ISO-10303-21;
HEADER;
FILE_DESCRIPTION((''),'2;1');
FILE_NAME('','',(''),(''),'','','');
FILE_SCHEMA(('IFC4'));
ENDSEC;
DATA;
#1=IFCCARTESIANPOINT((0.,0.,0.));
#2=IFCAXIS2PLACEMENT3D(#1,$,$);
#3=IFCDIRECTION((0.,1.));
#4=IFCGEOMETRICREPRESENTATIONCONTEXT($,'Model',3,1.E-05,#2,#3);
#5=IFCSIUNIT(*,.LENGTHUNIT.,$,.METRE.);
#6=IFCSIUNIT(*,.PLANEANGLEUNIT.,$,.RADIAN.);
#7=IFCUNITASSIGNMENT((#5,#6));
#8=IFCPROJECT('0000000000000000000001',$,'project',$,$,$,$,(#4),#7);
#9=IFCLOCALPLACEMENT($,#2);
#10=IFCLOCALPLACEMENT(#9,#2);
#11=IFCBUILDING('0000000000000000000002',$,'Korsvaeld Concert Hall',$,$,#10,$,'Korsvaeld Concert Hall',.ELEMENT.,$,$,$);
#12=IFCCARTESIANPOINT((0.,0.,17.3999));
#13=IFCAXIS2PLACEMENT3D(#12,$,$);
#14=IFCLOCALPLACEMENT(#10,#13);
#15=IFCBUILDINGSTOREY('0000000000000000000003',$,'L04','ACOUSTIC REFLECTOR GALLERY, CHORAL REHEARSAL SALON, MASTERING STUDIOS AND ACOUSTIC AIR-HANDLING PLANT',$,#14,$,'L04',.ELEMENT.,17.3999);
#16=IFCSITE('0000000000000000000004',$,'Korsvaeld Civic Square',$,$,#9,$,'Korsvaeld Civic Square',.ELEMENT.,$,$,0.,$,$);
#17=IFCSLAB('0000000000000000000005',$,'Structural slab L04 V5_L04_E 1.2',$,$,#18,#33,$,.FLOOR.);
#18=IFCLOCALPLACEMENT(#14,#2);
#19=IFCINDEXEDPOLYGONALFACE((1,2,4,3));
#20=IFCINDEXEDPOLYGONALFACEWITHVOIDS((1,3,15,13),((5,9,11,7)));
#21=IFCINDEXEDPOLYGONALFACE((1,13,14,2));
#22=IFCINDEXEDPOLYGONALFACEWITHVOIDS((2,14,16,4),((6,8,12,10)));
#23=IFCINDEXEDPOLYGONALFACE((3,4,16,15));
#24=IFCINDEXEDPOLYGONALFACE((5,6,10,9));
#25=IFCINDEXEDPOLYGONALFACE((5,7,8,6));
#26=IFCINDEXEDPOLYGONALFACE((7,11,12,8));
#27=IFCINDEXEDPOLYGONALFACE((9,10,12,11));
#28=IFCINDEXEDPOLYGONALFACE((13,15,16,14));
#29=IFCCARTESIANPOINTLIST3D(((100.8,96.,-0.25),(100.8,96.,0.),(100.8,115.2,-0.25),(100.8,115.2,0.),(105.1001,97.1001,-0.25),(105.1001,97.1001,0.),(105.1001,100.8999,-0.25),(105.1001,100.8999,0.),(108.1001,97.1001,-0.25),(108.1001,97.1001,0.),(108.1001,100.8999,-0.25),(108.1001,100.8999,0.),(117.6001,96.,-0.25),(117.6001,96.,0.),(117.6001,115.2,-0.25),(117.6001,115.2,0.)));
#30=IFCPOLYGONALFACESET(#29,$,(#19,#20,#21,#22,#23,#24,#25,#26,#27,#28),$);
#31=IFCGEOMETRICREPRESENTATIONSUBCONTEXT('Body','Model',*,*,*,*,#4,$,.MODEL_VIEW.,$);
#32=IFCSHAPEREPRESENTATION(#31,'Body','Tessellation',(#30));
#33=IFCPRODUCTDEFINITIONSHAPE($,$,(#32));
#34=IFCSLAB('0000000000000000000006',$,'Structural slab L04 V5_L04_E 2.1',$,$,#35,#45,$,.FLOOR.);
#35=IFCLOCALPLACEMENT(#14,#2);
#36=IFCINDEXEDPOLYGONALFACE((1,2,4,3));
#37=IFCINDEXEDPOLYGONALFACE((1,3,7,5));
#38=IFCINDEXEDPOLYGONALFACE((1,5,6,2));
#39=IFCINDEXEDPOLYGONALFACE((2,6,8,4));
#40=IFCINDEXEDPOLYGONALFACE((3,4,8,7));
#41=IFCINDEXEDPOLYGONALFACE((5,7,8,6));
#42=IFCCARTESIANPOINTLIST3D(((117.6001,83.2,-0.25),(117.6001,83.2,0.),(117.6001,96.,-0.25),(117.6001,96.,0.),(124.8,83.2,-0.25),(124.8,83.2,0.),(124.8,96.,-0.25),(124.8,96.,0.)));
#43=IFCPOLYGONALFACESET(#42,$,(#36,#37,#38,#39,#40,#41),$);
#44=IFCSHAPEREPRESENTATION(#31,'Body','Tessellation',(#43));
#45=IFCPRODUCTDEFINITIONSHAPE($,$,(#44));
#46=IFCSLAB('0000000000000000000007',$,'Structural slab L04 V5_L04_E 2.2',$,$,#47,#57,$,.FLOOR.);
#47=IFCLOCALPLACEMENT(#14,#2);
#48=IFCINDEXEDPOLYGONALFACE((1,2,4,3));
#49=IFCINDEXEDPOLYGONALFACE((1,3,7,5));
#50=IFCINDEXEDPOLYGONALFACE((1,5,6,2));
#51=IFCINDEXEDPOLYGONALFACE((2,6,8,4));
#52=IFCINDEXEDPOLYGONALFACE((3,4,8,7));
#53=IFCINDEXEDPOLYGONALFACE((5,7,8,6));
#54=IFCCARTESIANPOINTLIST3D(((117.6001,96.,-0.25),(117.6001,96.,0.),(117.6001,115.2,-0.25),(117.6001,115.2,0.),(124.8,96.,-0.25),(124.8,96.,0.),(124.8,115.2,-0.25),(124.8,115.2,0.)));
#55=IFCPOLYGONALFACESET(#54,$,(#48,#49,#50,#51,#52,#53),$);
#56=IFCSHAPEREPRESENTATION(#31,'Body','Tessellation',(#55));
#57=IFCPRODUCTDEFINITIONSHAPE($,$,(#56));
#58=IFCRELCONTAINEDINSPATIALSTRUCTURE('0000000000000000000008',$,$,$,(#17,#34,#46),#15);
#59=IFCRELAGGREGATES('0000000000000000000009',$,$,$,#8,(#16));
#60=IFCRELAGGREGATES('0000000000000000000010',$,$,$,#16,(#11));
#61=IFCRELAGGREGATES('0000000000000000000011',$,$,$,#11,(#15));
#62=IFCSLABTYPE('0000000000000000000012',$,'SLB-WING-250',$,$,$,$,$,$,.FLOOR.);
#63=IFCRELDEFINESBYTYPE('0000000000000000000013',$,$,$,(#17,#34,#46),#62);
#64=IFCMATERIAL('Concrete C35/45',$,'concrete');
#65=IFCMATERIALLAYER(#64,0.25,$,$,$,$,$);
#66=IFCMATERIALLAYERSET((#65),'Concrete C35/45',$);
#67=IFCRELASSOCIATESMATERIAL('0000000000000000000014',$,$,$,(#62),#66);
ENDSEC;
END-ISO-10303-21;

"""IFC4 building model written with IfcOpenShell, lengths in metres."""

from ifc_helpers import new_model, si_unit, direction, frame, origin, place, context, subcontext, project, spatial, polyline, outline, extrude, material, layer, layer_set, type_object, element, save


model = new_model("IFC4")

# Units and contexts
model_context = context("Model", 3, precision=1e-05, world=origin(), true_north=direction((0.0, 1.0)))
body_context = subcontext(model_context, "Body", "Model", "MODEL_VIEW")
ifc_project = project(units=[si_unit("LENGTHUNIT", "METRE"), si_unit("PLANEANGLEUNIT", "RADIAN")], contexts=[model_context])

# Site, building, storey
site_placement = place(None, origin())
site = spatial("IfcSite", under=ifc_project, at=site_placement, Name="Korsvaeld Civic Square", LongName="Korsvaeld Civic Square", CompositionType="ELEMENT", RefElevation=0.0)
building_placement = place(site_placement, origin())
building = spatial("IfcBuilding", under=site, at=building_placement, Name="Korsvaeld Concert Hall", LongName="Korsvaeld Concert Hall", CompositionType="ELEMENT")
storey_placement = place(building_placement, frame((0.0, 0.0, 17.3999)))
storey = spatial("IfcBuildingStorey", under=building, at=storey_placement, Name="L04", Description="ACOUSTIC REFLECTOR GALLERY, CHORAL REHEARSAL SALON, MASTERING STUDIOS AND ACOUSTIC AIR-HANDLING PLANT", LongName="L04", CompositionType="ELEMENT", Elevation=17.3999)

# Shared definitions
ifc_material_1 = material(Name="Concrete C35/45", Category="concrete")

# Slabs
ifc_layer_1 = layer(ifc_material_1, 0.25)
ifc_layer_set_1 = layer_set([ifc_layer_1], Name="Concrete C35/45")
slab_type_1 = type_object("IfcSlabType", Name="SLB-WING-250", PredefinedType="FLOOR", material=ifc_layer_set_1)
slab_1_placement = place(storey_placement, frame((0.0, 0.0, -0.25)))
element("IfcSlab", 1, at=slab_1_placement, inside=storey, type_object=slab_type_1, Name="Structural slab L04 V5_L04_E 1.2", PredefinedType="FLOOR", context=body_context, shape_type="SweptSolid", body=[
    extrude(outline(polyline([(100.8, 96.0), (100.8, 115.2), (117.6001, 115.2), (117.6001, 96.0), (100.8, 96.0)]), holes=[polyline([(108.1001, 100.8999), (105.1001, 100.8999), (105.1001, 97.1001), (108.1001, 97.1001), (108.1001, 100.8999)])]), origin(), (0.0, 0.0, 1.0), 0.25),
])
slab_2_placement = place(storey_placement, frame((0.0, 0.0, -0.25)))
element("IfcSlab", 2, at=slab_2_placement, inside=storey, type_object=slab_type_1, Name="Structural slab L04 V5_L04_E 2.1", PredefinedType="FLOOR", context=body_context, shape_type="SweptSolid", body=[
    extrude(outline(polyline([(117.6001, 83.2), (117.6001, 96.0), (124.8, 96.0), (124.8, 83.2), (117.6001, 83.2)])), origin(), (0.0, 0.0, 1.0), 0.25),
])
slab_3_placement = place(storey_placement, frame((0.0, 0.0, -0.25)))
element("IfcSlab", 3, at=slab_3_placement, inside=storey, type_object=slab_type_1, Name="Structural slab L04 V5_L04_E 2.2", PredefinedType="FLOOR", context=body_context, shape_type="SweptSolid", body=[
    extrude(outline(polyline([(117.6001, 96.0), (117.6001, 115.2), (124.8, 115.2), (124.8, 96.0), (117.6001, 96.0)])), origin(), (0.0, 0.0, 1.0), 0.25),
])

save(model, "model.ifc")
